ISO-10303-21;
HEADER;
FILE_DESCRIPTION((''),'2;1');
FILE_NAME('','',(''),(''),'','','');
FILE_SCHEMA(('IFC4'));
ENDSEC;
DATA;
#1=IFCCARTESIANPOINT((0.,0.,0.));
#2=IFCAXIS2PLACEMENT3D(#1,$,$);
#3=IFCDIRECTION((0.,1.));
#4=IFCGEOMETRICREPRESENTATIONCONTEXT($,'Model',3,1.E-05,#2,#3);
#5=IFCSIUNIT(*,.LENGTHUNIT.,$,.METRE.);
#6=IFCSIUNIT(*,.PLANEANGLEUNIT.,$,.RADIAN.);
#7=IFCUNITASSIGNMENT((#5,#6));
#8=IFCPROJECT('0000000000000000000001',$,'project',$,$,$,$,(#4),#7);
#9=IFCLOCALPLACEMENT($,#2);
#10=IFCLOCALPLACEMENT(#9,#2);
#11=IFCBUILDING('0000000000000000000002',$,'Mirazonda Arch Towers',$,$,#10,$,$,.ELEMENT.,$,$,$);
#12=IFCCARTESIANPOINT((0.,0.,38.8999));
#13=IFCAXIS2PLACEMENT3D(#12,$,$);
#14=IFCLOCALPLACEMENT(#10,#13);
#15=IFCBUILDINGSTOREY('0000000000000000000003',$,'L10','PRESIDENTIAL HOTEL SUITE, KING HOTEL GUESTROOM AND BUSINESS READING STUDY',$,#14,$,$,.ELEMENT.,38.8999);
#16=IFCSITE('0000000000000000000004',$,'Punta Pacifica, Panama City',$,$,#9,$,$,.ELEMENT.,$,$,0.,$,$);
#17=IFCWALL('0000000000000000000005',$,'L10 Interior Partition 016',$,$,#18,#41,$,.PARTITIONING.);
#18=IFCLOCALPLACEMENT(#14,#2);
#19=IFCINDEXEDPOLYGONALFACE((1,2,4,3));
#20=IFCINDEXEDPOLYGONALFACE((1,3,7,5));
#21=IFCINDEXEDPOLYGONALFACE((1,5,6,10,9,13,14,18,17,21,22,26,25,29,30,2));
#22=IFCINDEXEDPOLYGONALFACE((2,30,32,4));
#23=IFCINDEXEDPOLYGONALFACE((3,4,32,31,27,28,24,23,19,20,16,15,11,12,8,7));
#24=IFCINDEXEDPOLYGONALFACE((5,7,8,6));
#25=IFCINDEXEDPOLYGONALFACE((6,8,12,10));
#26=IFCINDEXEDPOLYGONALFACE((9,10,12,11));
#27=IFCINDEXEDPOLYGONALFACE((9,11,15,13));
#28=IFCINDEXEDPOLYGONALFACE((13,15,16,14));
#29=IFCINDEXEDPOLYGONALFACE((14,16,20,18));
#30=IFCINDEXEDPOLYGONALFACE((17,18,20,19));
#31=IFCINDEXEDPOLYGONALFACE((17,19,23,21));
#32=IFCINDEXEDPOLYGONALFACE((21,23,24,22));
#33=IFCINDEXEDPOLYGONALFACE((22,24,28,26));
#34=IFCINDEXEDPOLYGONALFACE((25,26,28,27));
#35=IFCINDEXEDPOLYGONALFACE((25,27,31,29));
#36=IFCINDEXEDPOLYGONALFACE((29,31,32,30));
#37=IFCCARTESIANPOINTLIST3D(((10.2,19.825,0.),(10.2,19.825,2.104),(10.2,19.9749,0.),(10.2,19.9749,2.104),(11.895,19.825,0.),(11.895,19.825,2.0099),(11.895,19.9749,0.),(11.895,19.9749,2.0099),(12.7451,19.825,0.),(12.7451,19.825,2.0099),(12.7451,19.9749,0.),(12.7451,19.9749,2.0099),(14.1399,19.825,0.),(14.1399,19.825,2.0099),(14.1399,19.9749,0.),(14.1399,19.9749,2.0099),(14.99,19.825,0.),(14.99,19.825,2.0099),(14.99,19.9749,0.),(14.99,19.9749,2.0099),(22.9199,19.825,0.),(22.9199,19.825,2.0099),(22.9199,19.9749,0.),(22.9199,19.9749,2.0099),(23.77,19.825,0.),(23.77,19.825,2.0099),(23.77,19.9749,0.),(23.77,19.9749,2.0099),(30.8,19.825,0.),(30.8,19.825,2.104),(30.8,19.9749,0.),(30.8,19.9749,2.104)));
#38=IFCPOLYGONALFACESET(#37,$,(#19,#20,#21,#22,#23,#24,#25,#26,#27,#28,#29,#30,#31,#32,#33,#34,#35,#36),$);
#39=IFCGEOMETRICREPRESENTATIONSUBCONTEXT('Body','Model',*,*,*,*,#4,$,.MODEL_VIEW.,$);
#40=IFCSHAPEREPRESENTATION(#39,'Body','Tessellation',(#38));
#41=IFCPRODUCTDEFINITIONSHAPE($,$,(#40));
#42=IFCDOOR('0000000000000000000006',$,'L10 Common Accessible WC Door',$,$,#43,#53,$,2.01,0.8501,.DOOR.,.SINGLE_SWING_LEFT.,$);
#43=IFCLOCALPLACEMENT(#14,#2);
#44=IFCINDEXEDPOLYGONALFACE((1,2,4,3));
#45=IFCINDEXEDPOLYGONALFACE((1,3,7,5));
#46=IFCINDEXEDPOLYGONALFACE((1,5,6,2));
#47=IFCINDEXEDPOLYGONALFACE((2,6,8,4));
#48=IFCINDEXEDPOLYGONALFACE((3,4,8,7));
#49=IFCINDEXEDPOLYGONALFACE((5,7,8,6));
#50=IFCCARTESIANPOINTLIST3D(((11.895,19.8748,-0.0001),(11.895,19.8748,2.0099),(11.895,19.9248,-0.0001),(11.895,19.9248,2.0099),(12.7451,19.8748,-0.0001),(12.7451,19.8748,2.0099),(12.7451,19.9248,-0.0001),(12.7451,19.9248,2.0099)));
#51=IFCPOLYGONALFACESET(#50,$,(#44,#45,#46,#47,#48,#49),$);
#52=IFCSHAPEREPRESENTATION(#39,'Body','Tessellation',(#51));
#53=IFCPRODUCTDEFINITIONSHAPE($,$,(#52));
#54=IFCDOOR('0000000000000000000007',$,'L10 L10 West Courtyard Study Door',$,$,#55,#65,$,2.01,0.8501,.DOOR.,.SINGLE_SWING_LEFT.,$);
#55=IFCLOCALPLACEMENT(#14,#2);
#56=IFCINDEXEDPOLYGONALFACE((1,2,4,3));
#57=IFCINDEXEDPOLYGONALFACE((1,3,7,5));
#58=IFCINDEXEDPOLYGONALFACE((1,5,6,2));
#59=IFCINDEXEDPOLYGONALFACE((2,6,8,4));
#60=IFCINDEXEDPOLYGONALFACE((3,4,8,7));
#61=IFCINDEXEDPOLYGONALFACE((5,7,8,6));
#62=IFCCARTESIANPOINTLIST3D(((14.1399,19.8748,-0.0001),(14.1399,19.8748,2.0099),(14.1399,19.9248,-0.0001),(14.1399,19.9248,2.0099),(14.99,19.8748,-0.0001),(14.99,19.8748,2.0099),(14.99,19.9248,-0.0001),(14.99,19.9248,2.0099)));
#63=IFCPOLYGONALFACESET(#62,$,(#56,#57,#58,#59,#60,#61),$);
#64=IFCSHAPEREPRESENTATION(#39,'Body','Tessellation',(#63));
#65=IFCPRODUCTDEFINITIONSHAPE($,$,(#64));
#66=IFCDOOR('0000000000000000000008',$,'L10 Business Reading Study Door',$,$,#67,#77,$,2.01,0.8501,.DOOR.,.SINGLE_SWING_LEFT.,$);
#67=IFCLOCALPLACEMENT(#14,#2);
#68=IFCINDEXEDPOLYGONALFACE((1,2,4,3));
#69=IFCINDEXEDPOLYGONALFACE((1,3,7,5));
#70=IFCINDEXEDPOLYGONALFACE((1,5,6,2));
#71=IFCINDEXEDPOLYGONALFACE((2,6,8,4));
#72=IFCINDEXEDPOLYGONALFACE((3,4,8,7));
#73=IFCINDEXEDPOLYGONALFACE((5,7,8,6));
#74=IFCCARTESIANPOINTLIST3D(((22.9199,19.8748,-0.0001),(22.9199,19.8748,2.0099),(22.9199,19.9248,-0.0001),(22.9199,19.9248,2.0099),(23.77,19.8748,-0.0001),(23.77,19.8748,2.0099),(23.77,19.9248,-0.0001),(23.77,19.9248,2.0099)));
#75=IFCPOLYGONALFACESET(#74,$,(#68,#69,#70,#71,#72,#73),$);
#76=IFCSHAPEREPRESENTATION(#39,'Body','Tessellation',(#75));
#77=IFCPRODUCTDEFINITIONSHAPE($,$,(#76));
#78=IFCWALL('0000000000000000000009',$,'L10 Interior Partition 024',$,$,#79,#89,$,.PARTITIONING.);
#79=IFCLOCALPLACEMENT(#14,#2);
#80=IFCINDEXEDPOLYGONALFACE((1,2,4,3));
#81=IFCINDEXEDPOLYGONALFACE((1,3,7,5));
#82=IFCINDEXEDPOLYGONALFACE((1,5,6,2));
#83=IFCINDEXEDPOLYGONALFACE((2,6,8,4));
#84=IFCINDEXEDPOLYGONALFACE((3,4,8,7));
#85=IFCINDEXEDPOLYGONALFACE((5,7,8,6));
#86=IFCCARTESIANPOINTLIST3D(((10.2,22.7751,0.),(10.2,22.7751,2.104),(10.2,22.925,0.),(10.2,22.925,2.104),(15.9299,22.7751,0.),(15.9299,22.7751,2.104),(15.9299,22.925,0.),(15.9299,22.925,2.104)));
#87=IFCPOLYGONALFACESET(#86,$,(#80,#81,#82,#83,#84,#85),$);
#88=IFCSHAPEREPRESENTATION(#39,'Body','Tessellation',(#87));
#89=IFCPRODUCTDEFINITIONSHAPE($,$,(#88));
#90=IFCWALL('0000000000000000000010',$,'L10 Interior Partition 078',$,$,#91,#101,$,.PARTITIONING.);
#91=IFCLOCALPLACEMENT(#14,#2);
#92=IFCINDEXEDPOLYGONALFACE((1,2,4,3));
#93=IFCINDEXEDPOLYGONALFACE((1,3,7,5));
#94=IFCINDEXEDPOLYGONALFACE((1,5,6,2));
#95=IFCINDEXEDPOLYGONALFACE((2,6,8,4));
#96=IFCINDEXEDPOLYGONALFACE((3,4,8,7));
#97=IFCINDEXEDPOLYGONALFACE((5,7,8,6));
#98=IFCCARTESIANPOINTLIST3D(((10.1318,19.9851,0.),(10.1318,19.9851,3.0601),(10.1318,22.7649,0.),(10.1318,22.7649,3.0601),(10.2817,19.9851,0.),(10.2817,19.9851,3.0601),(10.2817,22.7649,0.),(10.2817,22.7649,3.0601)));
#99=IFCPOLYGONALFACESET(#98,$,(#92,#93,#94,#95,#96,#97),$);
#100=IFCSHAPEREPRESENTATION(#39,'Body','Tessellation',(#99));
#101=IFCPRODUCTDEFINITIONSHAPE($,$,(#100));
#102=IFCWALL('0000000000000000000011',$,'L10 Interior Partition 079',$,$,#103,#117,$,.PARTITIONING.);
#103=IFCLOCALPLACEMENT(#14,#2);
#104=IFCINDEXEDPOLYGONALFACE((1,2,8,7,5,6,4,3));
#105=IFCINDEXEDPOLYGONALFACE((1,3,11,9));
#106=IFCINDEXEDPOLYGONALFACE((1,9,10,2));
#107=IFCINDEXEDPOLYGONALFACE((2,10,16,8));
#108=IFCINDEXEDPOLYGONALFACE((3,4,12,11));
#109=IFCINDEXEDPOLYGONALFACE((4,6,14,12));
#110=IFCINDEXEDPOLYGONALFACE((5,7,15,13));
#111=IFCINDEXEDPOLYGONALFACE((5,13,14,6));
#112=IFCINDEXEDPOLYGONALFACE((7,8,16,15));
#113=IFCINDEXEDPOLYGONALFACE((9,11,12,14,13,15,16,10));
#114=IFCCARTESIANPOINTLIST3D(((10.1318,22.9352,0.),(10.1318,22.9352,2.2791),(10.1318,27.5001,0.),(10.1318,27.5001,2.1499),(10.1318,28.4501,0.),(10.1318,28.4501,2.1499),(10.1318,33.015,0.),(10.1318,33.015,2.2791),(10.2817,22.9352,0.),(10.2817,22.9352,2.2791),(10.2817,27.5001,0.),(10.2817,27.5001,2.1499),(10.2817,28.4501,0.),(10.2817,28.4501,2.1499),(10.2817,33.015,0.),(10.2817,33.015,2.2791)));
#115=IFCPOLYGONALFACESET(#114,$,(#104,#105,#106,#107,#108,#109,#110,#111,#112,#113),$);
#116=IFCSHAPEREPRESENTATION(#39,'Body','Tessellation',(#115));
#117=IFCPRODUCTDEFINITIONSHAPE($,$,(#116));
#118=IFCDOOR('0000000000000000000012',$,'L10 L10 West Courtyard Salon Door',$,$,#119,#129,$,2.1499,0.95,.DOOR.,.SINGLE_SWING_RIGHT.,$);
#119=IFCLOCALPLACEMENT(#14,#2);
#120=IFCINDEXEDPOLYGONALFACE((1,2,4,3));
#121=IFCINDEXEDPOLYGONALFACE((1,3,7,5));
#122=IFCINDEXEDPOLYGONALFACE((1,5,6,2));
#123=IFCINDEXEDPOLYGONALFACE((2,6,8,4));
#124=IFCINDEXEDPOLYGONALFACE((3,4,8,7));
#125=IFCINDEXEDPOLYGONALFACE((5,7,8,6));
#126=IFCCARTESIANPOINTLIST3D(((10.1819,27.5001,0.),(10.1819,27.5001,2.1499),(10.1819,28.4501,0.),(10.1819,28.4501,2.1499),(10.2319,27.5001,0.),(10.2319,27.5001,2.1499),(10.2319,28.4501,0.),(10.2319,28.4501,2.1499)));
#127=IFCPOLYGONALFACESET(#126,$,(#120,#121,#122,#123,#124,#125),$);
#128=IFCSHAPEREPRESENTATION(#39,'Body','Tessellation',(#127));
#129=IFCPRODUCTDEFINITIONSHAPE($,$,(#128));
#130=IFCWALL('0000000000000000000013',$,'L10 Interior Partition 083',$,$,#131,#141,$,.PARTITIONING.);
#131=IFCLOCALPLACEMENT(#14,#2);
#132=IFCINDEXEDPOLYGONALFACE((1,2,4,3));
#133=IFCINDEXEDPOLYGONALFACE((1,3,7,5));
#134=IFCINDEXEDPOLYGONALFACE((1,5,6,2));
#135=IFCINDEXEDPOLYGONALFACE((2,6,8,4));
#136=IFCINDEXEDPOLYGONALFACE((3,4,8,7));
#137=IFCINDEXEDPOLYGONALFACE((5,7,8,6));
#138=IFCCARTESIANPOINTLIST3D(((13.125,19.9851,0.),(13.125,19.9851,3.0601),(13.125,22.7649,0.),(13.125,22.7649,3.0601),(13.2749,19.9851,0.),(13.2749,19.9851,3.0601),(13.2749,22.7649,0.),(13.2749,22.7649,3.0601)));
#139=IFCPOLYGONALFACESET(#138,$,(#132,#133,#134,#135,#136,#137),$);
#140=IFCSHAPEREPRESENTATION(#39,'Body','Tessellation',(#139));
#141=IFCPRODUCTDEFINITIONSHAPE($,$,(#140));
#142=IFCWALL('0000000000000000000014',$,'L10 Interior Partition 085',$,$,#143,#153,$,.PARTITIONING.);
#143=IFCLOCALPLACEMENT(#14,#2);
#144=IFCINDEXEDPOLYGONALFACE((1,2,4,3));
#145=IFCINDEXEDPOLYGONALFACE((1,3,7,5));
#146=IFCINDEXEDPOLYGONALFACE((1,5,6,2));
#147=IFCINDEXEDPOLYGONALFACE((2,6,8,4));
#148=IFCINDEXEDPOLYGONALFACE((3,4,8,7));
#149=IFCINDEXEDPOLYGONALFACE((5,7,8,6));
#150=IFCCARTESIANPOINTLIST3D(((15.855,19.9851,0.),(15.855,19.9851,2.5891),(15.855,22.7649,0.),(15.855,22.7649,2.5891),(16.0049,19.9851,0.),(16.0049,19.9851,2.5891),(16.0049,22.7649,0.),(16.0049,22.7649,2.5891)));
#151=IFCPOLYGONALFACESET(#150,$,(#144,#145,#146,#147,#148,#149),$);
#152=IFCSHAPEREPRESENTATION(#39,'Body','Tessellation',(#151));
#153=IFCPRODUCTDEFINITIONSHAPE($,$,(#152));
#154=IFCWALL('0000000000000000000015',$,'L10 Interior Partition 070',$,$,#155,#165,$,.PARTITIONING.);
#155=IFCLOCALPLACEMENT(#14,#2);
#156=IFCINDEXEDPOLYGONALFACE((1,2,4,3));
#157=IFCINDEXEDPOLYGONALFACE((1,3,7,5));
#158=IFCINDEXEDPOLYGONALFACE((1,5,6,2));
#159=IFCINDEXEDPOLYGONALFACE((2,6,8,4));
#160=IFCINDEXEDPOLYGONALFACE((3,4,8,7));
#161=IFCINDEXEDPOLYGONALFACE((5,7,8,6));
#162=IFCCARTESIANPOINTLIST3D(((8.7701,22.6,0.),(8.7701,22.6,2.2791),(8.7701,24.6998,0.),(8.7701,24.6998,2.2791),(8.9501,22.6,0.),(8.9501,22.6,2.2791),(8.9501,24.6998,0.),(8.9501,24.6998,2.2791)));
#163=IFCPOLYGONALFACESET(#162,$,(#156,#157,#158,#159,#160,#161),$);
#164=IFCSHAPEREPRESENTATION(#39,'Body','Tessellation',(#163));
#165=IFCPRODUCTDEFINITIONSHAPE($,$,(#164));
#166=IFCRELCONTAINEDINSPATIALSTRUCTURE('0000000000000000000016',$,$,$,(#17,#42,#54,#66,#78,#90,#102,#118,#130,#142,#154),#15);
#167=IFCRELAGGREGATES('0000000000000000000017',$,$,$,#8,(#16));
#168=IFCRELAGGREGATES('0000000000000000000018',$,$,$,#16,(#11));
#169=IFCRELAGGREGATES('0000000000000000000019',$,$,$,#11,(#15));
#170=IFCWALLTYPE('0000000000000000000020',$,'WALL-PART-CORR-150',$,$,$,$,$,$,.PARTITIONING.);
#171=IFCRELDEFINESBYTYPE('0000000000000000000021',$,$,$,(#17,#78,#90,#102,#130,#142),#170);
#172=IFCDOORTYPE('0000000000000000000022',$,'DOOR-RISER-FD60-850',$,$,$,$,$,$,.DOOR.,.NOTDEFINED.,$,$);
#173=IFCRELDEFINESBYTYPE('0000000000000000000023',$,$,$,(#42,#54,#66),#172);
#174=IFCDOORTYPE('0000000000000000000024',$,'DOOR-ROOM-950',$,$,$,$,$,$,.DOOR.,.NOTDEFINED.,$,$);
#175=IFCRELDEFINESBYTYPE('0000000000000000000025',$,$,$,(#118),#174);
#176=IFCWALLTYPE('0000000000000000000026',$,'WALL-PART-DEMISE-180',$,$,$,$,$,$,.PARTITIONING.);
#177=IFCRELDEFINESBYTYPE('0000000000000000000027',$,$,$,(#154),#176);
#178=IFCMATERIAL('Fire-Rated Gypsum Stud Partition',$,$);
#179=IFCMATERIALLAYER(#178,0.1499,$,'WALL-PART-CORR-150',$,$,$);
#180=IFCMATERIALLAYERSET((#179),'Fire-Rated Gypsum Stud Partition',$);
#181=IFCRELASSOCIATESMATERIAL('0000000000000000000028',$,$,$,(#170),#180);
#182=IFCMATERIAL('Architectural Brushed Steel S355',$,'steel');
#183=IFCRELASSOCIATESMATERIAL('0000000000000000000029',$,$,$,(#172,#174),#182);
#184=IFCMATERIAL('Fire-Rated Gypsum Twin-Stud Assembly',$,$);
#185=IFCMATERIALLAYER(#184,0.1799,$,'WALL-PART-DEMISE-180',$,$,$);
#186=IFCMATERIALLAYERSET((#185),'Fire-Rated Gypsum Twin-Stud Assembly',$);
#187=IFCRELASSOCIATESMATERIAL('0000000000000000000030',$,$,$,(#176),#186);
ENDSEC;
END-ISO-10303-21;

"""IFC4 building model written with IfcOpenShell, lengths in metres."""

from ifc_helpers import new_model, si_unit, direction, frame, frame_2d, origin, place, context, subcontext, project, spatial, rectangle, extrude, material, layer, layer_set, type_object, element, fill, save


model = new_model("IFC4")

# Units and contexts
model_context = context("Model", 3, precision=1e-05, world=origin(), true_north=direction((0.0, 1.0)))
body_context = subcontext(model_context, "Body", "Model", "MODEL_VIEW")
ifc_project = project(units=[si_unit("LENGTHUNIT", "METRE"), si_unit("PLANEANGLEUNIT", "RADIAN")], contexts=[model_context])

# Site, building, storey
site_placement = place(None, origin())
site = spatial("IfcSite", under=ifc_project, at=site_placement, Name="Punta Pacifica, Panama City", CompositionType="ELEMENT", RefElevation=0.0)
building_placement = place(site_placement, origin())
building = spatial("IfcBuilding", under=site, at=building_placement, Name="Mirazonda Arch Towers", CompositionType="ELEMENT")
storey_placement = place(building_placement, frame((0.0, 0.0, 38.8999)))
storey = spatial("IfcBuildingStorey", under=building, at=storey_placement, Name="L10", Description="PRESIDENTIAL HOTEL SUITE, KING HOTEL GUESTROOM AND BUSINESS READING STUDY", CompositionType="ELEMENT", Elevation=38.8999)

# Shared definitions
ifc_material_1 = material(Name="Architectural Brushed Steel S355", Category="steel")

# Shared definitions
ifc_material_2 = material(Name="Fire-Rated Gypsum Stud Partition")
ifc_layer_1 = layer(ifc_material_2, 0.1499, Name="WALL-PART-CORR-150")
ifc_layer_set_1 = layer_set([ifc_layer_1], Name="Fire-Rated Gypsum Stud Partition")
wall_type_1 = type_object("IfcWallType", Name="WALL-PART-CORR-150", PredefinedType="PARTITIONING", material=ifc_layer_set_1)

# Wall, openings, doors
wall_1_placement = place(storey_placement, frame((10.2, 19.8999, 0.0), z_axis=(0.0, 0.0, 1.0), x_axis=(1.0, 0.0, 0.0)))
wall_1 = element("IfcWall", 1, at=wall_1_placement, inside=storey, type_object=wall_type_1, Name="L10 Interior Partition 016", PredefinedType="PARTITIONING", context=body_context, shape_type="SweptSolid", body=[
    extrude(rectangle(XDim=20.6001, YDim=0.1499, at=frame_2d((10.3, 0.0))), origin(), (0.0, 0.0, 1.0), 2.104),
])
opening_1_placement = place(wall_1_placement, frame((1.6951, 0.0, 0.0)))
opening_1 = element("IfcOpeningElement", 2, at=opening_1_placement, cuts=wall_1, PredefinedType="OPENING", context=body_context, shape_type="SweptSolid", body=[
    extrude(rectangle(XDim=0.8501, YDim=2.01, at=frame_2d((0.425, 1.0049))), frame((0.0, 0.085, 0.0), z_axis=(0.0, -1.0, 0.0), x_axis=(1.0, 0.0, 0.0)), (0.0, 0.0, 1.0), 0.1699),
])
opening_2_placement = place(wall_1_placement, frame((3.9399, 0.0, 0.0)))
opening_2 = element("IfcOpeningElement", 3, at=opening_2_placement, cuts=wall_1, PredefinedType="OPENING", context=body_context, shape_type="SweptSolid", body=[
    extrude(rectangle(XDim=0.8501, YDim=2.01, at=frame_2d((0.425, 1.0049))), frame((0.0, 0.085, 0.0), z_axis=(0.0, -1.0, 0.0), x_axis=(1.0, 0.0, 0.0)), (0.0, 0.0, 1.0), 0.1699),
])
opening_3_placement = place(wall_1_placement, frame((12.72, 0.0, 0.0)))
opening_3 = element("IfcOpeningElement", 4, at=opening_3_placement, cuts=wall_1, PredefinedType="OPENING", context=body_context, shape_type="SweptSolid", body=[
    extrude(rectangle(XDim=0.8501, YDim=2.01, at=frame_2d((0.425, 1.0049))), frame((0.0, 0.085, 0.0), z_axis=(0.0, -1.0, 0.0), x_axis=(1.0, 0.0, 0.0)), (0.0, 0.0, 1.0), 0.1699),
])
door_type_1 = type_object("IfcDoorType", Name="DOOR-RISER-FD60-850", OperationType="NOTDEFINED", PredefinedType="DOOR", material=ifc_material_1)
door_1_placement = place(opening_1_placement, origin())
door_1 = element("IfcDoor", 5, at=door_1_placement, inside=storey, type_object=door_type_1, Name="L10 Common Accessible WC Door", OperationType="SINGLE_SWING_LEFT", OverallHeight=2.01, OverallWidth=0.8501, PredefinedType="DOOR", context=body_context, shape_type="SweptSolid", body=[
    extrude(rectangle(XDim=0.8501, YDim=2.01, at=frame_2d((0.425, 1.0049))), frame((0.0, 0.0249, 0.0), z_axis=(0.0, -1.0, 0.0), x_axis=(1.0, 0.0, 0.0)), (0.0, 0.0, 1.0), 0.05),
])
fill(opening_1, door_1)
door_2_placement = place(opening_2_placement, origin())
door_2 = element("IfcDoor", 6, at=door_2_placement, inside=storey, type_object=door_type_1, Name="L10 L10 West Courtyard Study Door", OperationType="SINGLE_SWING_LEFT", OverallHeight=2.01, OverallWidth=0.8501, PredefinedType="DOOR", context=body_context, shape_type="SweptSolid", body=[
    extrude(rectangle(XDim=0.8501, YDim=2.01, at=frame_2d((0.425, 1.0049))), frame((0.0, 0.0249, 0.0), z_axis=(0.0, -1.0, 0.0), x_axis=(1.0, 0.0, 0.0)), (0.0, 0.0, 1.0), 0.05),
])
fill(opening_2, door_2)
door_3_placement = place(opening_3_placement, origin())
door_3 = element("IfcDoor", 7, at=door_3_placement, inside=storey, type_object=door_type_1, Name="L10 Business Reading Study Door", OperationType="SINGLE_SWING_LEFT", OverallHeight=2.01, OverallWidth=0.8501, PredefinedType="DOOR", context=body_context, shape_type="SweptSolid", body=[
    extrude(rectangle(XDim=0.8501, YDim=2.01, at=frame_2d((0.425, 1.0049))), frame((0.0, 0.0249, 0.0), z_axis=(0.0, -1.0, 0.0), x_axis=(1.0, 0.0, 0.0)), (0.0, 0.0, 1.0), 0.05),
])
fill(opening_3, door_3)

# Walls
wall_2_placement = place(storey_placement, frame((10.2, 22.8501, 0.0), z_axis=(0.0, 0.0, 1.0), x_axis=(1.0, 0.0, 0.0)))
element("IfcWall", 8, at=wall_2_placement, inside=storey, type_object=wall_type_1, Name="L10 Interior Partition 024", PredefinedType="PARTITIONING", context=body_context, shape_type="SweptSolid", body=[
    extrude(rectangle(XDim=5.73, YDim=0.1499, at=frame_2d((2.865, 0.0))), origin(), (0.0, 0.0, 1.0), 2.104),
])
wall_3_placement = place(storey_placement, frame((10.2068, 19.9851, 0.0), z_axis=(0.0, 0.0, 1.0), x_axis=(0.0, 1.0, 0.0)))
element("IfcWall", 9, at=wall_3_placement, inside=storey, type_object=wall_type_1, Name="L10 Interior Partition 078", PredefinedType="PARTITIONING", context=body_context, shape_type="SweptSolid", body=[
    extrude(rectangle(XDim=2.7798, YDim=0.1499, at=frame_2d((1.3899, 0.0))), origin(), (0.0, 0.0, 1.0), 3.0601),
])

# Wall, opening, door
wall_4_placement = place(storey_placement, frame((10.2068, 22.9351, 0.0), z_axis=(0.0, 0.0, 1.0), x_axis=(0.0, 1.0, 0.0)))
wall_4 = element("IfcWall", 10, at=wall_4_placement, inside=storey, type_object=wall_type_1, Name="L10 Interior Partition 079", PredefinedType="PARTITIONING", context=body_context, shape_type="SweptSolid", body=[
    extrude(rectangle(XDim=10.0798, YDim=0.1499, at=frame_2d((5.04, 0.0))), origin(), (0.0, 0.0, 1.0), 2.2791),
])
opening_4_placement = place(wall_4_placement, frame((4.5649, 0.0, 0.0)))
opening_4 = element("IfcOpeningElement", 11, at=opening_4_placement, cuts=wall_4, PredefinedType="OPENING", context=body_context, shape_type="SweptSolid", body=[
    extrude(rectangle(XDim=0.95, YDim=2.1499, at=frame_2d((0.4751, 1.075))), frame((0.0, 0.085, 0.0), z_axis=(0.0, -1.0, 0.0), x_axis=(1.0, 0.0, 0.0)), (0.0, 0.0, 1.0), 0.1699),
])
door_type_2 = type_object("IfcDoorType", Name="DOOR-ROOM-950", OperationType="NOTDEFINED", PredefinedType="DOOR", material=ifc_material_1)
door_4_placement = place(opening_4_placement, origin())
door_4 = element("IfcDoor", 12, at=door_4_placement, inside=storey, type_object=door_type_2, Name="L10 L10 West Courtyard Salon Door", OperationType="SINGLE_SWING_RIGHT", OverallHeight=2.1499, OverallWidth=0.95, PredefinedType="DOOR", context=body_context, shape_type="SweptSolid", body=[
    extrude(rectangle(XDim=0.95, YDim=2.1499, at=frame_2d((0.4751, 1.075))), frame((0.0, 0.0249, 0.0), z_axis=(0.0, -1.0, 0.0), x_axis=(1.0, 0.0, 0.0)), (0.0, 0.0, 1.0), 0.05),
])
fill(opening_4, door_4)

# Walls
wall_5_placement = place(storey_placement, frame((13.2, 19.9851, 0.0), z_axis=(0.0, 0.0, 1.0), x_axis=(0.0, 1.0, 0.0)))
element("IfcWall", 13, at=wall_5_placement, inside=storey, type_object=wall_type_1, Name="L10 Interior Partition 083", PredefinedType="PARTITIONING", context=body_context, shape_type="SweptSolid", body=[
    extrude(rectangle(XDim=2.7798, YDim=0.1499, at=frame_2d((1.3899, 0.0))), origin(), (0.0, 0.0, 1.0), 3.0601),
])
wall_6_placement = place(storey_placement, frame((15.9299, 19.9851, 0.0), z_axis=(0.0, 0.0, 1.0), x_axis=(0.0, 1.0, 0.0)))
element("IfcWall", 14, at=wall_6_placement, inside=storey, type_object=wall_type_1, Name="L10 Interior Partition 085", PredefinedType="PARTITIONING", context=body_context, shape_type="SweptSolid", body=[
    extrude(rectangle(XDim=2.7798, YDim=0.1499, at=frame_2d((1.3899, 0.0))), origin(), (0.0, 0.0, 1.0), 2.5891),
])
ifc_material_3 = material(Name="Fire-Rated Gypsum Twin-Stud Assembly")
ifc_layer_2 = layer(ifc_material_3, 0.1799, Name="WALL-PART-DEMISE-180")
ifc_layer_set_2 = layer_set([ifc_layer_2], Name="Fire-Rated Gypsum Twin-Stud Assembly")
wall_type_2 = type_object("IfcWallType", Name="WALL-PART-DEMISE-180", PredefinedType="PARTITIONING", material=ifc_layer_set_2)
wall_7_placement = place(storey_placement, frame((8.8601, 22.6001, 0.0), z_axis=(0.0, 0.0, 1.0), x_axis=(0.0, 1.0, 0.0)))
element("IfcWall", 15, at=wall_7_placement, inside=storey, type_object=wall_type_2, Name="L10 Interior Partition 070", PredefinedType="PARTITIONING", context=body_context, shape_type="SweptSolid", body=[
    extrude(rectangle(XDim=2.0999, YDim=0.1799, at=frame_2d((1.0498, 0.0))), origin(), (0.0, 0.0, 1.0), 2.2791),
])

save(model, "model.ifc")
